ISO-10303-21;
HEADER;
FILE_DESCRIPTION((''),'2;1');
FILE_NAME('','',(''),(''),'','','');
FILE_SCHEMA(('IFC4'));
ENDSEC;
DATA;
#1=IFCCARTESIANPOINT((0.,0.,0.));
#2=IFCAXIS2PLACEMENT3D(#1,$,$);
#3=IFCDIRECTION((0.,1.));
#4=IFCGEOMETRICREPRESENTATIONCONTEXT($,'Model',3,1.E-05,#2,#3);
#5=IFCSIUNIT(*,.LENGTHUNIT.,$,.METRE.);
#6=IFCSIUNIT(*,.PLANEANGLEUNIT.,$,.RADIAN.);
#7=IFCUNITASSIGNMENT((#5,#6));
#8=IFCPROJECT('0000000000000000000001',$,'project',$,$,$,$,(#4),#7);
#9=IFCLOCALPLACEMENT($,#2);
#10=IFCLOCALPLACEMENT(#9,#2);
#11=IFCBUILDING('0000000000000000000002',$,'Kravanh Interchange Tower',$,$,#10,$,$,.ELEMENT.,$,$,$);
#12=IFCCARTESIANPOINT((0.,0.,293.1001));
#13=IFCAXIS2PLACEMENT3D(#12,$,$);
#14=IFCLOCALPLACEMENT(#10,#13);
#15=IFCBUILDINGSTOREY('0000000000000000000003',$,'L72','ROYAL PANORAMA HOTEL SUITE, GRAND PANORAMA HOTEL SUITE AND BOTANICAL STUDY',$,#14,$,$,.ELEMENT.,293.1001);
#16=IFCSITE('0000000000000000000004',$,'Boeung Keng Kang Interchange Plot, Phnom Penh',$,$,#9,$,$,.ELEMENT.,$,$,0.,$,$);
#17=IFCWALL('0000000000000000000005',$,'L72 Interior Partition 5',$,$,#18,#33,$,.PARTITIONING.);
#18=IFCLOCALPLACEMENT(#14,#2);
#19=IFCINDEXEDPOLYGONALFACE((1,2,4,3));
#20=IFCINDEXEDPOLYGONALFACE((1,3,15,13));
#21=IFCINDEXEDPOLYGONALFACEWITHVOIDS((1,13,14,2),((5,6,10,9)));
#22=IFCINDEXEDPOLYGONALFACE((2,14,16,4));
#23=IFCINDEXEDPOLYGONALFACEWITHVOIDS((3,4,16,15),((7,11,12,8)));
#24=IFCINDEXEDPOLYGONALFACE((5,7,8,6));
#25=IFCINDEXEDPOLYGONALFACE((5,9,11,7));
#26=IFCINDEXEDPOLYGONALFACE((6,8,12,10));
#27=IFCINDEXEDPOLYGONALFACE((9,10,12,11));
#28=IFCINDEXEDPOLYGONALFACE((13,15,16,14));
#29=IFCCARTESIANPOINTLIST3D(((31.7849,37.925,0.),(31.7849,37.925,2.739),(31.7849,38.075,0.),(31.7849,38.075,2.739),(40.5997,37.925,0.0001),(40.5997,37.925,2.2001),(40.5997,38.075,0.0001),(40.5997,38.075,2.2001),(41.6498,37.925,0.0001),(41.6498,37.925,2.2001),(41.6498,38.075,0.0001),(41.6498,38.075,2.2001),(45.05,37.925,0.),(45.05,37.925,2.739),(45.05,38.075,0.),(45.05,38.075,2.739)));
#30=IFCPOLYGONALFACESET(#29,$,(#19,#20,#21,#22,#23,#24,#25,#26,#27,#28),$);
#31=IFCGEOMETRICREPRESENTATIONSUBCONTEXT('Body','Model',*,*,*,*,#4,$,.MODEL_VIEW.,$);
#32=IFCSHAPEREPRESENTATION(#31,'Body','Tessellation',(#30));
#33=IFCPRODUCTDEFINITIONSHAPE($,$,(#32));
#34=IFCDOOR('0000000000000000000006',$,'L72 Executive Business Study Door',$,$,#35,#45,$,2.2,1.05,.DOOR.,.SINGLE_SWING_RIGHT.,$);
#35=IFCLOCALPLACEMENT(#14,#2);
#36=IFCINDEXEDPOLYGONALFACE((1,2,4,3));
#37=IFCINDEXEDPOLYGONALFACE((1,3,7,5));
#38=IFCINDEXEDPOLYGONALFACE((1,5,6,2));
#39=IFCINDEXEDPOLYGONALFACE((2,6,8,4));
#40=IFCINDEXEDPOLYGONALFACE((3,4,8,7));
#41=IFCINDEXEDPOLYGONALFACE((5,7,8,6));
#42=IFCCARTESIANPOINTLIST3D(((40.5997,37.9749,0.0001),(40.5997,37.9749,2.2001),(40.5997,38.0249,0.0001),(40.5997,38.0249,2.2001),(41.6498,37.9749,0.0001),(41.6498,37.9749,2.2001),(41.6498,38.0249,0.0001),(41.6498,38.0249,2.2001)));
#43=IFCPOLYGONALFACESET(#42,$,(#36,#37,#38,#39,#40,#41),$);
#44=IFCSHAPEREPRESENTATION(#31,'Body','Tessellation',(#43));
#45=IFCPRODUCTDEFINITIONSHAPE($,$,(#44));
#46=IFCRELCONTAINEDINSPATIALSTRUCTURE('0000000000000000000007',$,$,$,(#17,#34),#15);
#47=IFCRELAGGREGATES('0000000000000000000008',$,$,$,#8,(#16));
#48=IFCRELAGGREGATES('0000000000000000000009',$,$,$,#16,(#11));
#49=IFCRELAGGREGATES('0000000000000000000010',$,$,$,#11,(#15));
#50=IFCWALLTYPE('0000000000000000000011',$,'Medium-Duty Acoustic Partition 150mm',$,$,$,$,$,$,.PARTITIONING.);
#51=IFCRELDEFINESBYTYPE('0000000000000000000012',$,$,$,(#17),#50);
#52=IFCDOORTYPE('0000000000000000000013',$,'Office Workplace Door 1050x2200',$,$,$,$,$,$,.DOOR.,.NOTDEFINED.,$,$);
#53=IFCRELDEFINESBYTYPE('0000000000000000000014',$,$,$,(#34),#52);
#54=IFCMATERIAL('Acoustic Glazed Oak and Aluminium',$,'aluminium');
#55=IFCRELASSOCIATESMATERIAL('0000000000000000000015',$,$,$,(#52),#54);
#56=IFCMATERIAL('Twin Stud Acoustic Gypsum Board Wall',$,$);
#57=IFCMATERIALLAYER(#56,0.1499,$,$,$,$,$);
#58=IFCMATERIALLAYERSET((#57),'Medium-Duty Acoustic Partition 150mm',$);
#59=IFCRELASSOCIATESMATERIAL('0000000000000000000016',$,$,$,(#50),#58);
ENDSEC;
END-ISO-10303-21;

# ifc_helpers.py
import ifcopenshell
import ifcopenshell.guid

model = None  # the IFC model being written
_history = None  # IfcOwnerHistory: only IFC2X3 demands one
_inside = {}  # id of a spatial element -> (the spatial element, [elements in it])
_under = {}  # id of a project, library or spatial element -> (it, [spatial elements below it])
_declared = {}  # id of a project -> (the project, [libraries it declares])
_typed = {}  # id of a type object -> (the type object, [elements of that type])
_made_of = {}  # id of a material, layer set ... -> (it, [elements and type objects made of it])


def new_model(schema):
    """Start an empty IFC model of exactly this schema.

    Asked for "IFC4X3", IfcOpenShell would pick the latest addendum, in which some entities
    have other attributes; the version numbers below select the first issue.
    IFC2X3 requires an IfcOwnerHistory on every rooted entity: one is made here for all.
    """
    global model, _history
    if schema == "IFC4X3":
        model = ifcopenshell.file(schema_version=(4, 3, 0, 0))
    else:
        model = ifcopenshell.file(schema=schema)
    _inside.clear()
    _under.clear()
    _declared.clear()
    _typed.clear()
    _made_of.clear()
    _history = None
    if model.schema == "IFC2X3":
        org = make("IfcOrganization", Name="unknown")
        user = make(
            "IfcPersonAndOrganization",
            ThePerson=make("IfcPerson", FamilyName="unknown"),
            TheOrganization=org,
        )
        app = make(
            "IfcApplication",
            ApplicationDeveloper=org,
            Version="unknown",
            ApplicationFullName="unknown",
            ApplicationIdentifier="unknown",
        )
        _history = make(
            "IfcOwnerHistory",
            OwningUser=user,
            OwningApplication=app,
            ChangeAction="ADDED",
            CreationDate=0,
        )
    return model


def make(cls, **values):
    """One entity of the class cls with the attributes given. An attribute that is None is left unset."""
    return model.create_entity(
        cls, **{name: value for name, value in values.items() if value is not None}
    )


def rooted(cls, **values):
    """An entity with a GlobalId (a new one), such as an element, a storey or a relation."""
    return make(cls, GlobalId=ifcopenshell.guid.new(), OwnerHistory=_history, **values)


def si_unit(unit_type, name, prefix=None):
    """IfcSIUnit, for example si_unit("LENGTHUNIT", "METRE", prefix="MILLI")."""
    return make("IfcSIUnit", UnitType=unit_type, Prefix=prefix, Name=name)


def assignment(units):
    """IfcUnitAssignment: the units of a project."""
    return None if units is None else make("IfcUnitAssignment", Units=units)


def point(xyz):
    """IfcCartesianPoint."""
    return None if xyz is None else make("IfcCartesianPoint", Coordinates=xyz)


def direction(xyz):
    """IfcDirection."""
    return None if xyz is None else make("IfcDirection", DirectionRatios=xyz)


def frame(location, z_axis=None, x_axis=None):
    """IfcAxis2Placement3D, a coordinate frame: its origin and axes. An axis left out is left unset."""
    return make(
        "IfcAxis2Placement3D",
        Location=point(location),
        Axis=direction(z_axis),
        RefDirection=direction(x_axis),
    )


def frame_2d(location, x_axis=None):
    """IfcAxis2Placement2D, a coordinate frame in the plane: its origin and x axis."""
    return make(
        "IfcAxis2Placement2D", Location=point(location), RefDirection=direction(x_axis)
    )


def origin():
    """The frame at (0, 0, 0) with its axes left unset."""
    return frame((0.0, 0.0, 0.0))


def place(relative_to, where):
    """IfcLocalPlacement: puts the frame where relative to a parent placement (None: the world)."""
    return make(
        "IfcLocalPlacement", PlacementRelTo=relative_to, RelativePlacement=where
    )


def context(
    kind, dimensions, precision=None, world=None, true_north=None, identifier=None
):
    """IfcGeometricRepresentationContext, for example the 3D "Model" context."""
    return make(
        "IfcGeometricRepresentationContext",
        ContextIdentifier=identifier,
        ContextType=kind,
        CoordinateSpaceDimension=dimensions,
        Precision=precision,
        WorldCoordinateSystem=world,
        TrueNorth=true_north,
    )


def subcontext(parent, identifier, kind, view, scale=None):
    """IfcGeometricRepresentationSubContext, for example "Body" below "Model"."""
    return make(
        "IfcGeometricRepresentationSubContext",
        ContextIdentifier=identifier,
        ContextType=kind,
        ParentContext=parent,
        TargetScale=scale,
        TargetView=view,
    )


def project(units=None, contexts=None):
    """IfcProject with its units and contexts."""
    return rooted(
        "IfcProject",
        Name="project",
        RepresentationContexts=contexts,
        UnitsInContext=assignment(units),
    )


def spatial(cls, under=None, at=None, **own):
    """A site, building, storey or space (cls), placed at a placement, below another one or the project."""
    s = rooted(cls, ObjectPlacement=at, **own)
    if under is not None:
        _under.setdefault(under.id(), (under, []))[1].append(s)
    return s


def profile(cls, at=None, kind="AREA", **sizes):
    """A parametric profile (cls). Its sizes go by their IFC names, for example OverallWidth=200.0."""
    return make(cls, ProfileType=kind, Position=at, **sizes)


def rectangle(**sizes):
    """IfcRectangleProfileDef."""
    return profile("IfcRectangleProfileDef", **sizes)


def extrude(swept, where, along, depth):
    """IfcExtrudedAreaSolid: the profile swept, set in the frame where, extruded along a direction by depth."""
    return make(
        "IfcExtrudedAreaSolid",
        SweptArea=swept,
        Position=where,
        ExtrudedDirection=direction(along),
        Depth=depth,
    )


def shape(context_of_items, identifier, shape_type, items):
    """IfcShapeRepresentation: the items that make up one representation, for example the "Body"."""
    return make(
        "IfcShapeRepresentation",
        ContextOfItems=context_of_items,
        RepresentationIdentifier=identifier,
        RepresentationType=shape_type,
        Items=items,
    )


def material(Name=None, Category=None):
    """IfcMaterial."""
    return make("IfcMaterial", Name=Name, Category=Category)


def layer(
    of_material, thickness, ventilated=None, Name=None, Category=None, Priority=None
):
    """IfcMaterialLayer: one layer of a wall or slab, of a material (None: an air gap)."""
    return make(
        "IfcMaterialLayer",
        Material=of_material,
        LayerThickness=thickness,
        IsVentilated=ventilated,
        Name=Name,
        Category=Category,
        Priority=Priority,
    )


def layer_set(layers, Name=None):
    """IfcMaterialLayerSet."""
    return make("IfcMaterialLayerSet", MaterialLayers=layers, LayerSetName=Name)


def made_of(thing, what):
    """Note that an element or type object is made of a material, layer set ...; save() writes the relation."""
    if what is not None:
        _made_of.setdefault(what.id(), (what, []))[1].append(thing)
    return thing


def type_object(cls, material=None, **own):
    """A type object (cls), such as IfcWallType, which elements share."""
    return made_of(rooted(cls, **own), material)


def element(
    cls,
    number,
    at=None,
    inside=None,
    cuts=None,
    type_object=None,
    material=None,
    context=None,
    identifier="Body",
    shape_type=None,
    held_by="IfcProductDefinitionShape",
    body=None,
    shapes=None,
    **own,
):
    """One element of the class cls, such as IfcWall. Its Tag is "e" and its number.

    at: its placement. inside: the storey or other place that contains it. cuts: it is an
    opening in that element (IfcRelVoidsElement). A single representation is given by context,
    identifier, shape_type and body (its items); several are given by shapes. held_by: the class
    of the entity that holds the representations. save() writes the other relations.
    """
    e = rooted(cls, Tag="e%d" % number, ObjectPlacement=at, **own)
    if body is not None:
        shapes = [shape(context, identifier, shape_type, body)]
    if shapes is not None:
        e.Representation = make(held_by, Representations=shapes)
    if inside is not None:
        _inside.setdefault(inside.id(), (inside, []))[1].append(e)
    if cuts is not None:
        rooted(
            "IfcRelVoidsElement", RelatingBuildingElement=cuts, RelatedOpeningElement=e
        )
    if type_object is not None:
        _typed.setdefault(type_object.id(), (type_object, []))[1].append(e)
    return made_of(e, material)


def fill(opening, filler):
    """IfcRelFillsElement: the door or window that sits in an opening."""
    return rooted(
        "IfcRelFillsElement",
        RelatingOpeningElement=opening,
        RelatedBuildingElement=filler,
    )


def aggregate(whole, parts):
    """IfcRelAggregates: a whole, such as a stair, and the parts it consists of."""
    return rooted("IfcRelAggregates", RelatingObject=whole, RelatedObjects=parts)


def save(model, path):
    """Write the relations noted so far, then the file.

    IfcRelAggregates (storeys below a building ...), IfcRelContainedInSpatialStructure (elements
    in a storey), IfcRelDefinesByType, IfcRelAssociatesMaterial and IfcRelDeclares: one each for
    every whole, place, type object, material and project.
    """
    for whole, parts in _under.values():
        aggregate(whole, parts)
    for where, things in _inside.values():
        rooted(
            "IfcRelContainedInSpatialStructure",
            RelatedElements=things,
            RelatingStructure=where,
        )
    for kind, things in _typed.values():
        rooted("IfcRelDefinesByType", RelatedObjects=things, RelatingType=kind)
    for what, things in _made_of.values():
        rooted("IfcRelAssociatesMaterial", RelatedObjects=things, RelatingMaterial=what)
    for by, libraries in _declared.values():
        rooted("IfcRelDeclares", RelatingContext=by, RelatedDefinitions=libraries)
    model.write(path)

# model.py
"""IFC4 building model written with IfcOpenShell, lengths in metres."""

from ifc_helpers import new_model, si_unit, direction, frame, frame_2d, origin, place, context, subcontext, project, spatial, rectangle, extrude, material, layer, layer_set, type_object, element, fill, save


model = new_model("IFC4")

# Units and contexts
model_context = context("Model", 3, precision=1e-05, world=origin(), true_north=direction((0.0, 1.0)))
body_context = subcontext(model_context, "Body", "Model", "MODEL_VIEW")
ifc_project = project(units=[si_unit("LENGTHUNIT", "METRE"), si_unit("PLANEANGLEUNIT", "RADIAN")], contexts=[model_context])

# Site, building, storey
site_placement = place(None, origin())
site = spatial("IfcSite", under=ifc_project, at=site_placement, Name="Boeung Keng Kang Interchange Plot, Phnom Penh", CompositionType="ELEMENT", RefElevation=0.0)
building_placement = place(site_placement, origin())
building = spatial("IfcBuilding", under=site, at=building_placement, Name="Kravanh Interchange Tower", CompositionType="ELEMENT")
storey_placement = place(building_placement, frame((0.0, 0.0, 293.1001)))
storey = spatial("IfcBuildingStorey", under=building, at=storey_placement, Name="L72", Description="ROYAL PANORAMA HOTEL SUITE, GRAND PANORAMA HOTEL SUITE AND BOTANICAL STUDY", CompositionType="ELEMENT", Elevation=293.1001)

# Shared definitions
ifc_material_1 = material(Name="Acoustic Glazed Oak and Aluminium", Category="aluminium")
door_type_1 = type_object("IfcDoorType", Name="Office Workplace Door 1050x2200", OperationType="NOTDEFINED", PredefinedType="DOOR", material=ifc_material_1)

# Wall, opening, door
ifc_material_2 = material(Name="Twin Stud Acoustic Gypsum Board Wall")
ifc_layer_1 = layer(ifc_material_2, 0.1499)
ifc_layer_set_1 = layer_set([ifc_layer_1], Name="Medium-Duty Acoustic Partition 150mm")
wall_type_1 = type_object("IfcWallType", Name="Medium-Duty Acoustic Partition 150mm", PredefinedType="PARTITIONING", material=ifc_layer_set_1)
wall_1_placement = place(storey_placement, frame((31.7849, 38.0, 0.0), z_axis=(0.0, 0.0, 1.0), x_axis=(1.0, 0.0, 0.0)))
wall_1 = element("IfcWall", 1, at=wall_1_placement, inside=storey, type_object=wall_type_1, Name="L72 Interior Partition 5", PredefinedType="PARTITIONING", context=body_context, shape_type="SweptSolid", body=[
    extrude(rectangle(XDim=13.2651, YDim=0.1499, at=frame_2d((6.6326, 0.0))), origin(), (0.0, 0.0, 1.0), 2.739),
])
opening_1_placement = place(wall_1_placement, frame((8.8149, 0.0, 0.0)))
opening_1 = element("IfcOpeningElement", 2, at=opening_1_placement, cuts=wall_1, PredefinedType="OPENING", context=body_context, shape_type="SweptSolid", body=[
    extrude(rectangle(XDim=1.05, YDim=2.2, at=frame_2d((0.5249, 1.1001))), frame((0.0, 0.085, 0.0), z_axis=(0.0, -1.0, 0.0), x_axis=(1.0, 0.0, 0.0)), (0.0, 0.0, 1.0), 0.1699),
])
door_1_placement = place(opening_1_placement, origin())
door_1 = element("IfcDoor", 3, at=door_1_placement, inside=storey, type_object=door_type_1, Name="L72 Executive Business Study Door", OperationType="SINGLE_SWING_RIGHT", OverallHeight=2.2, OverallWidth=1.05, PredefinedType="DOOR", context=body_context, shape_type="SweptSolid", body=[
    extrude(rectangle(XDim=1.05, YDim=2.2, at=frame_2d((0.5249, 1.1001))), frame((0.0, 0.0249, 0.0), z_axis=(0.0, -1.0, 0.0), x_axis=(1.0, 0.0, 0.0)), (0.0, 0.0, 1.0), 0.05),
])
fill(opening_1, door_1)

save(model, "model.ifc")
